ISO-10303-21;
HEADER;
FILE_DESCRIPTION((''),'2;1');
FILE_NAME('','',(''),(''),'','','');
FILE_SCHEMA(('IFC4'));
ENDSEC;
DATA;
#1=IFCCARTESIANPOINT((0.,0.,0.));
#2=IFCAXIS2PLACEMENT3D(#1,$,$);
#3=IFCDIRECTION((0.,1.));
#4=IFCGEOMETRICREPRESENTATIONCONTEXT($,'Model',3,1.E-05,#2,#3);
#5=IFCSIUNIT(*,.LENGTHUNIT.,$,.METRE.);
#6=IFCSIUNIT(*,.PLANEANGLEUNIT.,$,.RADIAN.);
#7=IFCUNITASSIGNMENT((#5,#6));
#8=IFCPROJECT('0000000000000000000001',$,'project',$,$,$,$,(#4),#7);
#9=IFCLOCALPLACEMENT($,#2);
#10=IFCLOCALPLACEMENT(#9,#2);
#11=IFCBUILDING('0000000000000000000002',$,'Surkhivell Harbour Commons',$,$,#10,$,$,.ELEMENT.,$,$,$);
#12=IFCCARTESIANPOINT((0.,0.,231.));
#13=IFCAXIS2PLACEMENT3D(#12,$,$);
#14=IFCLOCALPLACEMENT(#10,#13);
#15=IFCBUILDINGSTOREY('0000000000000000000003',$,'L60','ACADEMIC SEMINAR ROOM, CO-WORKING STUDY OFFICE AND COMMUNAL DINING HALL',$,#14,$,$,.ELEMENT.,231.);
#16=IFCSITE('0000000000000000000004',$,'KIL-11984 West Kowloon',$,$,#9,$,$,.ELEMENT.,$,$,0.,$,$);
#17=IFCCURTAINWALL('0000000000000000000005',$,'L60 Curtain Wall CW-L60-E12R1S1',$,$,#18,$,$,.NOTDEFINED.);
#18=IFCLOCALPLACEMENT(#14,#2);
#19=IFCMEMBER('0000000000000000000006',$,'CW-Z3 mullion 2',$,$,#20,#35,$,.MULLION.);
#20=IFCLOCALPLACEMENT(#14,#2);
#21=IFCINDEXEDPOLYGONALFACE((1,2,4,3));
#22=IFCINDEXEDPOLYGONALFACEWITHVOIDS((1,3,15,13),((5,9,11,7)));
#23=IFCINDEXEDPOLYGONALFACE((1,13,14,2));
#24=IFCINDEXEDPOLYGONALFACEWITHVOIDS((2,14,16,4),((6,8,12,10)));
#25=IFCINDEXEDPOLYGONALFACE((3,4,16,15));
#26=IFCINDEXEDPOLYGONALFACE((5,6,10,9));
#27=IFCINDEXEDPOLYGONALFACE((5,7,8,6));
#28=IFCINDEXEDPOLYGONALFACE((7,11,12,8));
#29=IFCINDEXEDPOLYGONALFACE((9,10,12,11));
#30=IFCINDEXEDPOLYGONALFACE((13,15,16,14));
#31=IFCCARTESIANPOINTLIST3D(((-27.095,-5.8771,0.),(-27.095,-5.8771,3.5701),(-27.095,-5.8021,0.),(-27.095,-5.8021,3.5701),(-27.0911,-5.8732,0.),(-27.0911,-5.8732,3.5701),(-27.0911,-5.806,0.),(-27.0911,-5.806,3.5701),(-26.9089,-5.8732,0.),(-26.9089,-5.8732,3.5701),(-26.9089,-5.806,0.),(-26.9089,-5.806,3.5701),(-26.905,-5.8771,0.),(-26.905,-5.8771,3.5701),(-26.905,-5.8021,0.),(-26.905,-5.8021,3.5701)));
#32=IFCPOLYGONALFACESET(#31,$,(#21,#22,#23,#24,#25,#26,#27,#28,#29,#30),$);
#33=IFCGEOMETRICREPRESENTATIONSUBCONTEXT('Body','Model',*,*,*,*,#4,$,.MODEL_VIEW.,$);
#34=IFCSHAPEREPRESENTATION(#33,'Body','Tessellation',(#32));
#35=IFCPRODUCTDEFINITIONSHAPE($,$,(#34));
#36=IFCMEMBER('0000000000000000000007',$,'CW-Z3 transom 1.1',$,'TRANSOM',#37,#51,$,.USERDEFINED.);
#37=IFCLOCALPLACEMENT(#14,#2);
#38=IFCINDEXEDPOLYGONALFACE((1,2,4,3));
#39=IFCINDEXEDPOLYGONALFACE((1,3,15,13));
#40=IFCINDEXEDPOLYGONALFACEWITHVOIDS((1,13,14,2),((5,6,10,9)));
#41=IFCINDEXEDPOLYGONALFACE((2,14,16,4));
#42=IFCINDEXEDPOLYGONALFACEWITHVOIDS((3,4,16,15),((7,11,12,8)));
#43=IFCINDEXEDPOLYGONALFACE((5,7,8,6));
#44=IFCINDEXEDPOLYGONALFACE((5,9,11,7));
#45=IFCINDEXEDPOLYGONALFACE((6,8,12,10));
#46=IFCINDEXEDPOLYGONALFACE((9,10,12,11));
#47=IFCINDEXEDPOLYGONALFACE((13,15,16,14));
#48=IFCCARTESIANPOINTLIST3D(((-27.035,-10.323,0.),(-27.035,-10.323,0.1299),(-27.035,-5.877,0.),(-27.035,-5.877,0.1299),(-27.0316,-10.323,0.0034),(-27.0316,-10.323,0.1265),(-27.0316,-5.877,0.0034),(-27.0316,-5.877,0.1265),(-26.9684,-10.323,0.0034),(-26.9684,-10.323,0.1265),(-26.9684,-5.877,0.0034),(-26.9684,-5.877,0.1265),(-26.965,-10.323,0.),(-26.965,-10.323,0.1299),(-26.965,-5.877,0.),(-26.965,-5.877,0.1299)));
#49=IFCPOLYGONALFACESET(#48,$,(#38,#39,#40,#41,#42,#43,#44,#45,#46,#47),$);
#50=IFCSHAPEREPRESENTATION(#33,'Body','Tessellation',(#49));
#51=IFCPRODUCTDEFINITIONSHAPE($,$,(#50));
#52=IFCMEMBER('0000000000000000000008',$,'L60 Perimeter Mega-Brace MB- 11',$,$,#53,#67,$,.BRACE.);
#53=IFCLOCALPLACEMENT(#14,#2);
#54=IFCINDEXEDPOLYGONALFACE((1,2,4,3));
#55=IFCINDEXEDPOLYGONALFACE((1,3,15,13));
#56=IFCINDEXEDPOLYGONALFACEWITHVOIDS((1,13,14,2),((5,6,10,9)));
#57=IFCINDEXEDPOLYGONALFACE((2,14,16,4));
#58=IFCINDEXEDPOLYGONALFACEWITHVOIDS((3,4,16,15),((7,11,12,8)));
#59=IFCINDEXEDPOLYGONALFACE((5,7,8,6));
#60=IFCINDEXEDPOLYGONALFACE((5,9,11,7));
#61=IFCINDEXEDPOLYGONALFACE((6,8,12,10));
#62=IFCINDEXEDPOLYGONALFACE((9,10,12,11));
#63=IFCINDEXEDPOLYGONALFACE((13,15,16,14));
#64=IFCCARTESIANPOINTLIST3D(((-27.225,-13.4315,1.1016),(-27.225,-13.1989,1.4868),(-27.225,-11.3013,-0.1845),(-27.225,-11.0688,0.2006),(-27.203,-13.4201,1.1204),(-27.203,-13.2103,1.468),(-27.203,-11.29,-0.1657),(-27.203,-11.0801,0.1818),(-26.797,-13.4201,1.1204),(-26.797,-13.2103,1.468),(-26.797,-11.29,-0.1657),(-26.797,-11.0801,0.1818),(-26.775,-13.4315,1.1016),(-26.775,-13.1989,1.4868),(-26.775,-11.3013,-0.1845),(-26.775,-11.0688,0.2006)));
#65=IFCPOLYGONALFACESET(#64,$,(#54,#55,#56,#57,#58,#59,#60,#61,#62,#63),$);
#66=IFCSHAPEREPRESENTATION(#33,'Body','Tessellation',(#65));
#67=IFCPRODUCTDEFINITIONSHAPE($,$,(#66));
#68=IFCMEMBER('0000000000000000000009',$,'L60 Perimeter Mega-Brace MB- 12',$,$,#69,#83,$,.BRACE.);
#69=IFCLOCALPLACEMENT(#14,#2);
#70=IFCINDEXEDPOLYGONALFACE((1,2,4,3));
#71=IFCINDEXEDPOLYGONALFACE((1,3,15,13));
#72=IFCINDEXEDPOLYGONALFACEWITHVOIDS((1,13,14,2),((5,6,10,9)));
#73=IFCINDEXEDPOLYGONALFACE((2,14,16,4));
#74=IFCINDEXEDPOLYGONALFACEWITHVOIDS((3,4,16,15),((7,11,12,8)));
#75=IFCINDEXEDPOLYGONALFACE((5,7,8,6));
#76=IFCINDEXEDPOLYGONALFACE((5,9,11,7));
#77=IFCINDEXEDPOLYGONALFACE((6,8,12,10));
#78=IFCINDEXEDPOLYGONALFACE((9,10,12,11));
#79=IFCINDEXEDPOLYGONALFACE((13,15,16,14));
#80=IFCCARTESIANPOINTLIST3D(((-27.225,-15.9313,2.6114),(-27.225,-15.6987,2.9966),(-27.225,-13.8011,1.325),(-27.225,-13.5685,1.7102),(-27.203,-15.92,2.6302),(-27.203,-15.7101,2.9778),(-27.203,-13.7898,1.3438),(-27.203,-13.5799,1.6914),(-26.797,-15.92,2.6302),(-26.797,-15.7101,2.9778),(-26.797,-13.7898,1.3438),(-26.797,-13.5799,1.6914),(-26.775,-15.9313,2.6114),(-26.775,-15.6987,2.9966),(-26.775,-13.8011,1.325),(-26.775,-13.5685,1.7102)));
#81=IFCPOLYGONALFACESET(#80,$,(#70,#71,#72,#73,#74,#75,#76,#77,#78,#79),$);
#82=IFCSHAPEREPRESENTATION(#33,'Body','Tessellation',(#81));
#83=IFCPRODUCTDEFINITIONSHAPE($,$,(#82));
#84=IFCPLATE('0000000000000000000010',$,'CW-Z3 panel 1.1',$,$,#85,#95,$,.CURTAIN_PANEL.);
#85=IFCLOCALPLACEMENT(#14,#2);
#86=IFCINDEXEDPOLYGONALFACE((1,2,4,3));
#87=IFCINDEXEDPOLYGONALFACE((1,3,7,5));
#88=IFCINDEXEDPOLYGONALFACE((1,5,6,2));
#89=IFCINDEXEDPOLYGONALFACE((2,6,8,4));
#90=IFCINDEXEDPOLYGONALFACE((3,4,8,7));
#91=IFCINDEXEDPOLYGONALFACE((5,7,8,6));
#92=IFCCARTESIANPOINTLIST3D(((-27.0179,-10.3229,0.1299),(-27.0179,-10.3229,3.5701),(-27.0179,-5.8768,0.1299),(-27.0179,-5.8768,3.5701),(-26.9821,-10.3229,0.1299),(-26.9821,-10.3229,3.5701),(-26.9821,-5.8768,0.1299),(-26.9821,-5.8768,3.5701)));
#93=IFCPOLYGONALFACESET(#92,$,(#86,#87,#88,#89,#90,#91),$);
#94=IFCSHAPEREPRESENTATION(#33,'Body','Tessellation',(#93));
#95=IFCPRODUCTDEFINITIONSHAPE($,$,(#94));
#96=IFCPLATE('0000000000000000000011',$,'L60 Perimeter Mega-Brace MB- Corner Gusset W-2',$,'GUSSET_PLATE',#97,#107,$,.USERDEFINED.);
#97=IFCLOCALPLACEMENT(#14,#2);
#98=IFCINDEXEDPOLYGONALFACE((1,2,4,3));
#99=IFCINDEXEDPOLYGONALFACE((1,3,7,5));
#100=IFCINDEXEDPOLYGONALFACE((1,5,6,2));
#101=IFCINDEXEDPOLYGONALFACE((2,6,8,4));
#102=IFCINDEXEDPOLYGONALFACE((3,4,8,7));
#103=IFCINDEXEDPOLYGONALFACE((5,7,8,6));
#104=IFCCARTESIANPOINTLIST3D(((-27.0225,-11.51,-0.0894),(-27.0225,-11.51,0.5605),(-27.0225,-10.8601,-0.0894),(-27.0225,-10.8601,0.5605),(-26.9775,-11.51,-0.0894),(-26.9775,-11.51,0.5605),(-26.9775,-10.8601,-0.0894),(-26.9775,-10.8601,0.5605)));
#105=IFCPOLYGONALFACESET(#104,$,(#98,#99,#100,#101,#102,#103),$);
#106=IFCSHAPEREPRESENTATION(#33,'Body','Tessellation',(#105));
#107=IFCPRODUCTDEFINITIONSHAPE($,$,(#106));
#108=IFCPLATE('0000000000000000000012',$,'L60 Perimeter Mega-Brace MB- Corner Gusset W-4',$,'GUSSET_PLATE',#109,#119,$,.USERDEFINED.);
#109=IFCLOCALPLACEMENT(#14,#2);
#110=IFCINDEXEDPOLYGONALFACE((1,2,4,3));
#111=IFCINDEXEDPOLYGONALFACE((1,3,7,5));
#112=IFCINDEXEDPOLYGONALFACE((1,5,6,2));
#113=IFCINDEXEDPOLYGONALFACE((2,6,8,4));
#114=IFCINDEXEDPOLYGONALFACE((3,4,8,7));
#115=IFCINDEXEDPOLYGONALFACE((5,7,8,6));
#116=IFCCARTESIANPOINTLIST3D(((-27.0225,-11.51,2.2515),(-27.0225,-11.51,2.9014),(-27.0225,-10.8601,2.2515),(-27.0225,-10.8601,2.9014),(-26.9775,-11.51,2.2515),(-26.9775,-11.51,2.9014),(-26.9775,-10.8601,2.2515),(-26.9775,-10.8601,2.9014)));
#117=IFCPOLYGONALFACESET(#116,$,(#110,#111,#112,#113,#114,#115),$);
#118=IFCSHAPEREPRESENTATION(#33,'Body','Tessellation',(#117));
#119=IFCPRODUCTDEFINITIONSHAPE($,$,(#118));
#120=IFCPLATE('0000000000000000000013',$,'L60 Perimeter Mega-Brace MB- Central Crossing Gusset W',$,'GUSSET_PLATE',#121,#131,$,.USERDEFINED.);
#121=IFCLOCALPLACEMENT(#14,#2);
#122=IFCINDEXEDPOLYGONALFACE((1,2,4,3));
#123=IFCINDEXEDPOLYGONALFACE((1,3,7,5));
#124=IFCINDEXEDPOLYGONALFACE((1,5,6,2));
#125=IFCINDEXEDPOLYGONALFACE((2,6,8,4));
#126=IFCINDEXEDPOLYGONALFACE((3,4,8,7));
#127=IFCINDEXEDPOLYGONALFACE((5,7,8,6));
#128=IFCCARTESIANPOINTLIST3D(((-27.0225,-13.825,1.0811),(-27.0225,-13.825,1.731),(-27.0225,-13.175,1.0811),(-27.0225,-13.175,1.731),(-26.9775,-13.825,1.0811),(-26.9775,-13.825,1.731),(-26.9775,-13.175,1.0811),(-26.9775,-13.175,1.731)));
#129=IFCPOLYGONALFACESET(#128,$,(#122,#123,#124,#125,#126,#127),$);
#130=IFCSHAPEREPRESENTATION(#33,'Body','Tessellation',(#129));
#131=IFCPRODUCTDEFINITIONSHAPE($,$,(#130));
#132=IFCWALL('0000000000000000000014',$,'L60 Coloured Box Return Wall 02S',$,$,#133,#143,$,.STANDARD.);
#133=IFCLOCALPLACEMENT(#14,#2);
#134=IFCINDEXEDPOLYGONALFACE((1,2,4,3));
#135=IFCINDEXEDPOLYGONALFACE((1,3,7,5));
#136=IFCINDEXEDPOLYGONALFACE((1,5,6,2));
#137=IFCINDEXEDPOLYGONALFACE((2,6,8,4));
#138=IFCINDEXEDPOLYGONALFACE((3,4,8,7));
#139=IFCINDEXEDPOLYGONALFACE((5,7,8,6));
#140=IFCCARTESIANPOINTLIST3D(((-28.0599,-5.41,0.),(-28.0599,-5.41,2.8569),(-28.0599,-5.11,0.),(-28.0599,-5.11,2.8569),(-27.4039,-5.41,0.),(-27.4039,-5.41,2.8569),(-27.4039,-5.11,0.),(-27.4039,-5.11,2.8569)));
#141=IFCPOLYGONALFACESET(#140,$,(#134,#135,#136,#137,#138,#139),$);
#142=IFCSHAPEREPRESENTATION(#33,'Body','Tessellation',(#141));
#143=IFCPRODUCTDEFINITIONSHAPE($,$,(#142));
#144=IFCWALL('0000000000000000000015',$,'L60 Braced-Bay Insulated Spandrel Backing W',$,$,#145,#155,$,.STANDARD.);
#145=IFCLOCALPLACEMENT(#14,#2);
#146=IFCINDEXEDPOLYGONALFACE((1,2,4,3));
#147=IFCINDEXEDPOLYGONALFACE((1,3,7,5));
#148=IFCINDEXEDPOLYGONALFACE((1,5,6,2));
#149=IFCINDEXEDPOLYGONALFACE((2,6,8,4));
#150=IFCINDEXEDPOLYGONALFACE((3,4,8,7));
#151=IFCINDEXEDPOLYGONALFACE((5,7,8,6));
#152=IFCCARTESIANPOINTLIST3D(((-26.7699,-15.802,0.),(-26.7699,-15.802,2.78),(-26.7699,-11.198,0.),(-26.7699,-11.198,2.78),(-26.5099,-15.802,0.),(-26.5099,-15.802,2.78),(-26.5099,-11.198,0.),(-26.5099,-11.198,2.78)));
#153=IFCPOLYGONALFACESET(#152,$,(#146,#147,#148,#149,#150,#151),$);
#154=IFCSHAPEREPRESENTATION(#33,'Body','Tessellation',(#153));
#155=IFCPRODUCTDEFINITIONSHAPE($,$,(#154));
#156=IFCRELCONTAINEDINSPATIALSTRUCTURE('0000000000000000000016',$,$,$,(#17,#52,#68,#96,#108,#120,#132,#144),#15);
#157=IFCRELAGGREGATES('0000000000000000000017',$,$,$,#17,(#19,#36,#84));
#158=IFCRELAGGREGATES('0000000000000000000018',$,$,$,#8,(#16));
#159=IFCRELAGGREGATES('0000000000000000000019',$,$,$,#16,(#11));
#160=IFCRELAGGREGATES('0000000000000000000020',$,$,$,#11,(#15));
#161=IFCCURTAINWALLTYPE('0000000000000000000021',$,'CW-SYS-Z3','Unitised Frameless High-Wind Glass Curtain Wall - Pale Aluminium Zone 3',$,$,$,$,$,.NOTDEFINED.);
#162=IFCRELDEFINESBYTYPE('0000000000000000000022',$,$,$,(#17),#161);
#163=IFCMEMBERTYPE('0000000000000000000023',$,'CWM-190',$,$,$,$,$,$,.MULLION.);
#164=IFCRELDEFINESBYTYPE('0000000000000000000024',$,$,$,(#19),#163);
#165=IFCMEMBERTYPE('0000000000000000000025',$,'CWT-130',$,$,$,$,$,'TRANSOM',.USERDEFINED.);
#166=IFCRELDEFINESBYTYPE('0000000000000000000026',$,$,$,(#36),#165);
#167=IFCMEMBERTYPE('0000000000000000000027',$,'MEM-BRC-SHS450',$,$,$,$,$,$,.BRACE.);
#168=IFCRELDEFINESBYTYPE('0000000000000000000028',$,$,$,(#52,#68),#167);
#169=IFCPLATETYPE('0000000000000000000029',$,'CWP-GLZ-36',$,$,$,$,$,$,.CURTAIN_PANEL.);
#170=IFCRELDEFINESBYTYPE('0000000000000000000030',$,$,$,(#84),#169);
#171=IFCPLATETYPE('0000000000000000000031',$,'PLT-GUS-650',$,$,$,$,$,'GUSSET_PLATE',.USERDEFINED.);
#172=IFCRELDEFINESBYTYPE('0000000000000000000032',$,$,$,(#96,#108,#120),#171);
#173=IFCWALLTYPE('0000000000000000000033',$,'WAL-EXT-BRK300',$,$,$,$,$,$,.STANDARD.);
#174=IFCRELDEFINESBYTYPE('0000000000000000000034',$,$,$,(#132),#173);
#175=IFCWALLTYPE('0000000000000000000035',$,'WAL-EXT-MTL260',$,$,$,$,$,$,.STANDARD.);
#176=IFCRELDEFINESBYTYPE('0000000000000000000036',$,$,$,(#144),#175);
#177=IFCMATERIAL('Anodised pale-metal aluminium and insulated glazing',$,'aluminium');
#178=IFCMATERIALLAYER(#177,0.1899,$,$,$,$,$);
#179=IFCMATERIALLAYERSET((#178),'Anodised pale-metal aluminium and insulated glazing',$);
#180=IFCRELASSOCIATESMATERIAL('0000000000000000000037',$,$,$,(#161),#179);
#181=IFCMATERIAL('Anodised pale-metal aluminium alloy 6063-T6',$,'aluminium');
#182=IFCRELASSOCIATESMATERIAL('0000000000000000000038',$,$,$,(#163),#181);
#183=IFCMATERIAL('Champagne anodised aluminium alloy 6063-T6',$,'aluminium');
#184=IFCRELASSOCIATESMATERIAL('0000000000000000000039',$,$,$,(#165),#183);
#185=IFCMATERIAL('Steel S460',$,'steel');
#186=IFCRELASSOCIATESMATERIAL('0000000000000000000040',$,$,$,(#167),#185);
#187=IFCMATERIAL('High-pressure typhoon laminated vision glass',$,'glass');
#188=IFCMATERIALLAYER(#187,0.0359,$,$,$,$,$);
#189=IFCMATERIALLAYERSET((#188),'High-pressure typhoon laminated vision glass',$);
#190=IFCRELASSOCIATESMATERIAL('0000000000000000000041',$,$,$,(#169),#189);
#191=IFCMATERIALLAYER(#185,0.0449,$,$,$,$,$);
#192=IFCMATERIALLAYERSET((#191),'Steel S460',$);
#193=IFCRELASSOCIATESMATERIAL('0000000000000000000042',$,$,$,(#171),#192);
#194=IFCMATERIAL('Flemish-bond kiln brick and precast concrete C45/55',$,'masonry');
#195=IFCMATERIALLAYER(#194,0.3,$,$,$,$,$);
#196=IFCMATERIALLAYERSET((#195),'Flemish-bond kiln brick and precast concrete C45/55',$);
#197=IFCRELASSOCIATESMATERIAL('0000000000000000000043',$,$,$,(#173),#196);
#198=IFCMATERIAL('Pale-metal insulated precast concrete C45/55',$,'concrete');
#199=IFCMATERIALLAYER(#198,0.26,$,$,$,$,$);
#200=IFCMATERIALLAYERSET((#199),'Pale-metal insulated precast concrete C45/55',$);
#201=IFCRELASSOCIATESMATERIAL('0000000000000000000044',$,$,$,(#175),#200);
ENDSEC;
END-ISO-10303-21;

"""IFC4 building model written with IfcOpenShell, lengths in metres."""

from ifc_helpers import new_model, si_unit, direction, frame, frame_2d, origin, origin_2d, place, context, subcontext, project, spatial, rectangle, hollow_rectangle, extrude, material, layer, layer_set, material_profile, profile_set, type_object, element, aggregate, save


model = new_model("IFC4")

# Units and contexts
model_context = context("Model", 3, precision=1e-05, world=origin(), true_north=direction((0.0, 1.0)))
body_context = subcontext(model_context, "Body", "Model", "MODEL_VIEW")
ifc_project = project(units=[si_unit("LENGTHUNIT", "METRE"), si_unit("PLANEANGLEUNIT", "RADIAN")], contexts=[model_context])

# Site, building, storey
site_placement = place(None, origin())
site = spatial("IfcSite", under=ifc_project, at=site_placement, Name="KIL-11984 West Kowloon", CompositionType="ELEMENT", RefElevation=0.0)
building_placement = place(site_placement, origin())
building = spatial("IfcBuilding", under=site, at=building_placement, Name="Surkhivell Harbour Commons", CompositionType="ELEMENT")
storey_placement = place(building_placement, frame((0.0, 0.0, 231.0)))
storey = spatial("IfcBuildingStorey", under=building, at=storey_placement, Name="L60", Description="ACADEMIC SEMINAR ROOM, CO-WORKING STUDY OFFICE AND COMMUNAL DINING HALL", CompositionType="ELEMENT", Elevation=231.0)

# Shared definitions
ifc_material_1 = material(Name="Steel S460", Category="steel")

# Curtain wall, members
ifc_material_2 = material(Name="Anodised pale-metal aluminium and insulated glazing", Category="aluminium")
ifc_layer_1 = layer(ifc_material_2, 0.1899)
ifc_layer_set_1 = layer_set([ifc_layer_1], Name="Anodised pale-metal aluminium and insulated glazing")
curtain_wall_type = type_object("IfcCurtainWallType", Name="CW-SYS-Z3", Description="Unitised Frameless High-Wind Glass Curtain Wall - Pale Aluminium Zone 3", PredefinedType="NOTDEFINED", material=ifc_layer_set_1)
curtain_wall_placement = place(storey_placement, origin())
curtain_wall = element("IfcCurtainWall", 1, at=curtain_wall_placement, inside=storey, type_object=curtain_wall_type, Name="L60 Curtain Wall CW-L60-E12R1S1", PredefinedType="NOTDEFINED")
ifc_material_3 = material(Name="Anodised pale-metal aluminium alloy 6063-T6", Category="aluminium")
ifc_material_profile_1 = material_profile(ifc_material_3, hollow_rectangle(XDim=0.075, YDim=0.1899, WallThickness=0.0039, at=origin_2d()), Name="ALU-MULL-75x190")
ifc_profile_set_1 = profile_set([ifc_material_profile_1], Name="Anodised pale-metal aluminium alloy 6063-T6")
member_type_1 = type_object("IfcMemberType", Name="CWM-190", PredefinedType="MULLION", material=ifc_profile_set_1)
member_1_placement = place(storey_placement, frame((-27.0, -5.8396, 0.0), z_axis=(0.0, 0.0, 1.0), x_axis=(0.0, 1.0, 0.0)))
member_1 = element("IfcMember", 2, at=member_1_placement, type_object=member_type_1, Name="CW-Z3 mullion 2", PredefinedType="MULLION", context=body_context, shape_type="SweptSolid", body=[
    extrude(hollow_rectangle(XDim=0.075, YDim=0.1899, WallThickness=0.0039, at=origin_2d()), origin(), (0.0, 0.0, 1.0), 3.5701),
])
ifc_material_4 = material(Name="Champagne anodised aluminium alloy 6063-T6", Category="aluminium")
ifc_material_profile_2 = material_profile(ifc_material_4, hollow_rectangle(XDim=0.0701, YDim=0.1299, WallThickness=0.0034, at=origin_2d()), Name="ALU-TRAN-70x130")
ifc_profile_set_2 = profile_set([ifc_material_profile_2], Name="Champagne anodised aluminium alloy 6063-T6")
member_type_2 = type_object("IfcMemberType", Name="CWT-130", ElementType="TRANSOM", PredefinedType="USERDEFINED", material=ifc_profile_set_2)
member_2_placement = place(storey_placement, frame((-27.0, -10.323, 0.0649), z_axis=(0.0, 1.0, 0.0), x_axis=(-1.0, 0.0, 0.0)))
member_2 = element("IfcMember", 3, at=member_2_placement, type_object=member_type_2, Name="CW-Z3 transom 1.1", ObjectType="TRANSOM", PredefinedType="USERDEFINED", context=body_context, shape_type="SweptSolid", body=[
    extrude(hollow_rectangle(XDim=0.0701, YDim=0.1299, WallThickness=0.0034, at=origin_2d()), origin(), (0.0, 0.0, 1.0), 4.446),
])

# Members
ifc_material_profile_3 = material_profile(ifc_material_1, hollow_rectangle(XDim=0.45, YDim=0.45, WallThickness=0.022, at=origin_2d()), Name="SHS450x450x22")
ifc_profile_set_3 = profile_set([ifc_material_profile_3], Name="Steel S460")
member_type_3 = type_object("IfcMemberType", Name="MEM-BRC-SHS450", PredefinedType="BRACE", material=ifc_profile_set_3)
member_3_placement = place(storey_placement, frame((-27.0, -11.1851, 0.0081), z_axis=(0.0, -0.856061, 0.516875), x_axis=(1.0, 0.0, 0.0)))
element("IfcMember", 4, at=member_3_placement, inside=storey, type_object=member_type_3, Name="L60 Perimeter Mega-Brace MB- 11", PredefinedType="BRACE", context=body_context, shape_type="SweptSolid", body=[
    extrude(hollow_rectangle(XDim=0.45, YDim=0.45, WallThickness=0.022, at=origin_2d()), origin(), (0.0, 0.0, 1.0), 2.4883),
])
member_4_placement = place(storey_placement, frame((-27.0, -13.6848, 1.5176), z_axis=(0.0, -0.856018, 0.516946), x_axis=(1.0, 0.0, 0.0)))
element("IfcMember", 5, at=member_4_placement, inside=storey, type_object=member_type_3, Name="L60 Perimeter Mega-Brace MB- 12", PredefinedType="BRACE", context=body_context, shape_type="SweptSolid", body=[
    extrude(hollow_rectangle(XDim=0.45, YDim=0.45, WallThickness=0.022, at=origin_2d()), origin(), (0.0, 0.0, 1.0), 2.4885),
])

# Plate
ifc_material_5 = material(Name="High-pressure typhoon laminated vision glass", Category="glass")
ifc_layer_2 = layer(ifc_material_5, 0.0359)
ifc_layer_set_2 = layer_set([ifc_layer_2], Name="High-pressure typhoon laminated vision glass")
plate_type_1 = type_object("IfcPlateType", Name="CWP-GLZ-36", PredefinedType="CURTAIN_PANEL", material=ifc_layer_set_2)
plate_placement = place(storey_placement, frame((-27.0, -10.323, 0.1299), z_axis=(0.0, 0.0, 1.0), x_axis=(0.0, 1.0, 0.0)))
plate = element("IfcPlate", 6, at=plate_placement, type_object=plate_type_1, Name="CW-Z3 panel 1.1", PredefinedType="CURTAIN_PANEL", context=body_context, shape_type="SweptSolid", body=[
    extrude(rectangle(XDim=4.446, YDim=0.0359, at=frame_2d((2.2231, 0.0))), origin(), (0.0, 0.0, 1.0), 3.4402),
])
aggregate(curtain_wall, [member_1, member_2, plate])

# Plates
ifc_layer_3 = layer(ifc_material_1, 0.0449)
ifc_layer_set_3 = layer_set([ifc_layer_3], Name="Steel S460")
plate_type_2 = type_object("IfcPlateType", Name="PLT-GUS-650", ElementType="GUSSET_PLATE", PredefinedType="USERDEFINED", material=ifc_layer_set_3)
for number, where, z_axis, x_axis, name in (
    (7, (-27.0, -11.1851, -0.0894), (0.0, 0.0, 1.0), (0.0, 1.0, 0.0), "L60 Perimeter Mega-Brace MB- Corner Gusset W-2"),
    (8, (-27.0, -11.1851, 2.2515), (0.0, 0.0, 1.0), (0.0, 1.0, 0.0), "L60 Perimeter Mega-Brace MB- Corner Gusset W-4"),
    (9, (-27.0, -13.5, 1.0811), (0.0, 0.0, 1.0), (0.0, 1.0, 0.0), "L60 Perimeter Mega-Brace MB- Central Crossing Gusset W"),
):
    element("IfcPlate", number, at=place(storey_placement, frame(where, z_axis=z_axis, x_axis=x_axis)), inside=storey, type_object=plate_type_2, Name=name, ObjectType="GUSSET_PLATE", PredefinedType="USERDEFINED", context=body_context, shape_type="SweptSolid", body=[
        extrude(rectangle(XDim=0.6499, YDim=0.0449, at=origin_2d()), origin(), (0.0, 0.0, 1.0), 0.6499),
    ])

# Walls
ifc_material_6 = material(Name="Flemish-bond kiln brick and precast concrete C45/55", Category="masonry")
ifc_layer_4 = layer(ifc_material_6, 0.3)
ifc_layer_set_4 = layer_set([ifc_layer_4], Name="Flemish-bond kiln brick and precast concrete C45/55")
wall_type_1 = type_object("IfcWallType", Name="WAL-EXT-BRK300", PredefinedType="STANDARD", material=ifc_layer_set_4)
wall_1_placement = place(storey_placement, frame((-28.0601, -5.26, 0.0), z_axis=(0.0, 0.0, 1.0), x_axis=(1.0, 0.0, 0.0)))
element("IfcWall", 10, at=wall_1_placement, inside=storey, type_object=wall_type_1, Name="L60 Coloured Box Return Wall 02S", PredefinedType="STANDARD", context=body_context, shape_type="SweptSolid", body=[
    extrude(rectangle(XDim=0.656, YDim=0.3, at=frame_2d((0.3281, 0.0))), origin(), (0.0, 0.0, 1.0), 2.8569),
])
ifc_material_7 = material(Name="Pale-metal insulated precast concrete C45/55", Category="concrete")
ifc_layer_5 = layer(ifc_material_7, 0.26)
ifc_layer_set_5 = layer_set([ifc_layer_5], Name="Pale-metal insulated precast concrete C45/55")
wall_type_2 = type_object("IfcWallType", Name="WAL-EXT-MTL260", PredefinedType="STANDARD", material=ifc_layer_set_5)
wall_2_placement = place(storey_placement, frame((-26.6399, -15.802, 0.0), z_axis=(0.0, 0.0, 1.0), x_axis=(0.0, 1.0, 0.0)))
element("IfcWall", 11, at=wall_2_placement, inside=storey, type_object=wall_type_2, Name="L60 Braced-Bay Insulated Spandrel Backing W", PredefinedType="STANDARD", context=body_context, shape_type="SweptSolid", body=[
    extrude(rectangle(XDim=4.604, YDim=0.26, at=frame_2d((2.302, 0.0))), origin(), (0.0, 0.0, 1.0), 2.78),
])

save(model, "model.ifc")
